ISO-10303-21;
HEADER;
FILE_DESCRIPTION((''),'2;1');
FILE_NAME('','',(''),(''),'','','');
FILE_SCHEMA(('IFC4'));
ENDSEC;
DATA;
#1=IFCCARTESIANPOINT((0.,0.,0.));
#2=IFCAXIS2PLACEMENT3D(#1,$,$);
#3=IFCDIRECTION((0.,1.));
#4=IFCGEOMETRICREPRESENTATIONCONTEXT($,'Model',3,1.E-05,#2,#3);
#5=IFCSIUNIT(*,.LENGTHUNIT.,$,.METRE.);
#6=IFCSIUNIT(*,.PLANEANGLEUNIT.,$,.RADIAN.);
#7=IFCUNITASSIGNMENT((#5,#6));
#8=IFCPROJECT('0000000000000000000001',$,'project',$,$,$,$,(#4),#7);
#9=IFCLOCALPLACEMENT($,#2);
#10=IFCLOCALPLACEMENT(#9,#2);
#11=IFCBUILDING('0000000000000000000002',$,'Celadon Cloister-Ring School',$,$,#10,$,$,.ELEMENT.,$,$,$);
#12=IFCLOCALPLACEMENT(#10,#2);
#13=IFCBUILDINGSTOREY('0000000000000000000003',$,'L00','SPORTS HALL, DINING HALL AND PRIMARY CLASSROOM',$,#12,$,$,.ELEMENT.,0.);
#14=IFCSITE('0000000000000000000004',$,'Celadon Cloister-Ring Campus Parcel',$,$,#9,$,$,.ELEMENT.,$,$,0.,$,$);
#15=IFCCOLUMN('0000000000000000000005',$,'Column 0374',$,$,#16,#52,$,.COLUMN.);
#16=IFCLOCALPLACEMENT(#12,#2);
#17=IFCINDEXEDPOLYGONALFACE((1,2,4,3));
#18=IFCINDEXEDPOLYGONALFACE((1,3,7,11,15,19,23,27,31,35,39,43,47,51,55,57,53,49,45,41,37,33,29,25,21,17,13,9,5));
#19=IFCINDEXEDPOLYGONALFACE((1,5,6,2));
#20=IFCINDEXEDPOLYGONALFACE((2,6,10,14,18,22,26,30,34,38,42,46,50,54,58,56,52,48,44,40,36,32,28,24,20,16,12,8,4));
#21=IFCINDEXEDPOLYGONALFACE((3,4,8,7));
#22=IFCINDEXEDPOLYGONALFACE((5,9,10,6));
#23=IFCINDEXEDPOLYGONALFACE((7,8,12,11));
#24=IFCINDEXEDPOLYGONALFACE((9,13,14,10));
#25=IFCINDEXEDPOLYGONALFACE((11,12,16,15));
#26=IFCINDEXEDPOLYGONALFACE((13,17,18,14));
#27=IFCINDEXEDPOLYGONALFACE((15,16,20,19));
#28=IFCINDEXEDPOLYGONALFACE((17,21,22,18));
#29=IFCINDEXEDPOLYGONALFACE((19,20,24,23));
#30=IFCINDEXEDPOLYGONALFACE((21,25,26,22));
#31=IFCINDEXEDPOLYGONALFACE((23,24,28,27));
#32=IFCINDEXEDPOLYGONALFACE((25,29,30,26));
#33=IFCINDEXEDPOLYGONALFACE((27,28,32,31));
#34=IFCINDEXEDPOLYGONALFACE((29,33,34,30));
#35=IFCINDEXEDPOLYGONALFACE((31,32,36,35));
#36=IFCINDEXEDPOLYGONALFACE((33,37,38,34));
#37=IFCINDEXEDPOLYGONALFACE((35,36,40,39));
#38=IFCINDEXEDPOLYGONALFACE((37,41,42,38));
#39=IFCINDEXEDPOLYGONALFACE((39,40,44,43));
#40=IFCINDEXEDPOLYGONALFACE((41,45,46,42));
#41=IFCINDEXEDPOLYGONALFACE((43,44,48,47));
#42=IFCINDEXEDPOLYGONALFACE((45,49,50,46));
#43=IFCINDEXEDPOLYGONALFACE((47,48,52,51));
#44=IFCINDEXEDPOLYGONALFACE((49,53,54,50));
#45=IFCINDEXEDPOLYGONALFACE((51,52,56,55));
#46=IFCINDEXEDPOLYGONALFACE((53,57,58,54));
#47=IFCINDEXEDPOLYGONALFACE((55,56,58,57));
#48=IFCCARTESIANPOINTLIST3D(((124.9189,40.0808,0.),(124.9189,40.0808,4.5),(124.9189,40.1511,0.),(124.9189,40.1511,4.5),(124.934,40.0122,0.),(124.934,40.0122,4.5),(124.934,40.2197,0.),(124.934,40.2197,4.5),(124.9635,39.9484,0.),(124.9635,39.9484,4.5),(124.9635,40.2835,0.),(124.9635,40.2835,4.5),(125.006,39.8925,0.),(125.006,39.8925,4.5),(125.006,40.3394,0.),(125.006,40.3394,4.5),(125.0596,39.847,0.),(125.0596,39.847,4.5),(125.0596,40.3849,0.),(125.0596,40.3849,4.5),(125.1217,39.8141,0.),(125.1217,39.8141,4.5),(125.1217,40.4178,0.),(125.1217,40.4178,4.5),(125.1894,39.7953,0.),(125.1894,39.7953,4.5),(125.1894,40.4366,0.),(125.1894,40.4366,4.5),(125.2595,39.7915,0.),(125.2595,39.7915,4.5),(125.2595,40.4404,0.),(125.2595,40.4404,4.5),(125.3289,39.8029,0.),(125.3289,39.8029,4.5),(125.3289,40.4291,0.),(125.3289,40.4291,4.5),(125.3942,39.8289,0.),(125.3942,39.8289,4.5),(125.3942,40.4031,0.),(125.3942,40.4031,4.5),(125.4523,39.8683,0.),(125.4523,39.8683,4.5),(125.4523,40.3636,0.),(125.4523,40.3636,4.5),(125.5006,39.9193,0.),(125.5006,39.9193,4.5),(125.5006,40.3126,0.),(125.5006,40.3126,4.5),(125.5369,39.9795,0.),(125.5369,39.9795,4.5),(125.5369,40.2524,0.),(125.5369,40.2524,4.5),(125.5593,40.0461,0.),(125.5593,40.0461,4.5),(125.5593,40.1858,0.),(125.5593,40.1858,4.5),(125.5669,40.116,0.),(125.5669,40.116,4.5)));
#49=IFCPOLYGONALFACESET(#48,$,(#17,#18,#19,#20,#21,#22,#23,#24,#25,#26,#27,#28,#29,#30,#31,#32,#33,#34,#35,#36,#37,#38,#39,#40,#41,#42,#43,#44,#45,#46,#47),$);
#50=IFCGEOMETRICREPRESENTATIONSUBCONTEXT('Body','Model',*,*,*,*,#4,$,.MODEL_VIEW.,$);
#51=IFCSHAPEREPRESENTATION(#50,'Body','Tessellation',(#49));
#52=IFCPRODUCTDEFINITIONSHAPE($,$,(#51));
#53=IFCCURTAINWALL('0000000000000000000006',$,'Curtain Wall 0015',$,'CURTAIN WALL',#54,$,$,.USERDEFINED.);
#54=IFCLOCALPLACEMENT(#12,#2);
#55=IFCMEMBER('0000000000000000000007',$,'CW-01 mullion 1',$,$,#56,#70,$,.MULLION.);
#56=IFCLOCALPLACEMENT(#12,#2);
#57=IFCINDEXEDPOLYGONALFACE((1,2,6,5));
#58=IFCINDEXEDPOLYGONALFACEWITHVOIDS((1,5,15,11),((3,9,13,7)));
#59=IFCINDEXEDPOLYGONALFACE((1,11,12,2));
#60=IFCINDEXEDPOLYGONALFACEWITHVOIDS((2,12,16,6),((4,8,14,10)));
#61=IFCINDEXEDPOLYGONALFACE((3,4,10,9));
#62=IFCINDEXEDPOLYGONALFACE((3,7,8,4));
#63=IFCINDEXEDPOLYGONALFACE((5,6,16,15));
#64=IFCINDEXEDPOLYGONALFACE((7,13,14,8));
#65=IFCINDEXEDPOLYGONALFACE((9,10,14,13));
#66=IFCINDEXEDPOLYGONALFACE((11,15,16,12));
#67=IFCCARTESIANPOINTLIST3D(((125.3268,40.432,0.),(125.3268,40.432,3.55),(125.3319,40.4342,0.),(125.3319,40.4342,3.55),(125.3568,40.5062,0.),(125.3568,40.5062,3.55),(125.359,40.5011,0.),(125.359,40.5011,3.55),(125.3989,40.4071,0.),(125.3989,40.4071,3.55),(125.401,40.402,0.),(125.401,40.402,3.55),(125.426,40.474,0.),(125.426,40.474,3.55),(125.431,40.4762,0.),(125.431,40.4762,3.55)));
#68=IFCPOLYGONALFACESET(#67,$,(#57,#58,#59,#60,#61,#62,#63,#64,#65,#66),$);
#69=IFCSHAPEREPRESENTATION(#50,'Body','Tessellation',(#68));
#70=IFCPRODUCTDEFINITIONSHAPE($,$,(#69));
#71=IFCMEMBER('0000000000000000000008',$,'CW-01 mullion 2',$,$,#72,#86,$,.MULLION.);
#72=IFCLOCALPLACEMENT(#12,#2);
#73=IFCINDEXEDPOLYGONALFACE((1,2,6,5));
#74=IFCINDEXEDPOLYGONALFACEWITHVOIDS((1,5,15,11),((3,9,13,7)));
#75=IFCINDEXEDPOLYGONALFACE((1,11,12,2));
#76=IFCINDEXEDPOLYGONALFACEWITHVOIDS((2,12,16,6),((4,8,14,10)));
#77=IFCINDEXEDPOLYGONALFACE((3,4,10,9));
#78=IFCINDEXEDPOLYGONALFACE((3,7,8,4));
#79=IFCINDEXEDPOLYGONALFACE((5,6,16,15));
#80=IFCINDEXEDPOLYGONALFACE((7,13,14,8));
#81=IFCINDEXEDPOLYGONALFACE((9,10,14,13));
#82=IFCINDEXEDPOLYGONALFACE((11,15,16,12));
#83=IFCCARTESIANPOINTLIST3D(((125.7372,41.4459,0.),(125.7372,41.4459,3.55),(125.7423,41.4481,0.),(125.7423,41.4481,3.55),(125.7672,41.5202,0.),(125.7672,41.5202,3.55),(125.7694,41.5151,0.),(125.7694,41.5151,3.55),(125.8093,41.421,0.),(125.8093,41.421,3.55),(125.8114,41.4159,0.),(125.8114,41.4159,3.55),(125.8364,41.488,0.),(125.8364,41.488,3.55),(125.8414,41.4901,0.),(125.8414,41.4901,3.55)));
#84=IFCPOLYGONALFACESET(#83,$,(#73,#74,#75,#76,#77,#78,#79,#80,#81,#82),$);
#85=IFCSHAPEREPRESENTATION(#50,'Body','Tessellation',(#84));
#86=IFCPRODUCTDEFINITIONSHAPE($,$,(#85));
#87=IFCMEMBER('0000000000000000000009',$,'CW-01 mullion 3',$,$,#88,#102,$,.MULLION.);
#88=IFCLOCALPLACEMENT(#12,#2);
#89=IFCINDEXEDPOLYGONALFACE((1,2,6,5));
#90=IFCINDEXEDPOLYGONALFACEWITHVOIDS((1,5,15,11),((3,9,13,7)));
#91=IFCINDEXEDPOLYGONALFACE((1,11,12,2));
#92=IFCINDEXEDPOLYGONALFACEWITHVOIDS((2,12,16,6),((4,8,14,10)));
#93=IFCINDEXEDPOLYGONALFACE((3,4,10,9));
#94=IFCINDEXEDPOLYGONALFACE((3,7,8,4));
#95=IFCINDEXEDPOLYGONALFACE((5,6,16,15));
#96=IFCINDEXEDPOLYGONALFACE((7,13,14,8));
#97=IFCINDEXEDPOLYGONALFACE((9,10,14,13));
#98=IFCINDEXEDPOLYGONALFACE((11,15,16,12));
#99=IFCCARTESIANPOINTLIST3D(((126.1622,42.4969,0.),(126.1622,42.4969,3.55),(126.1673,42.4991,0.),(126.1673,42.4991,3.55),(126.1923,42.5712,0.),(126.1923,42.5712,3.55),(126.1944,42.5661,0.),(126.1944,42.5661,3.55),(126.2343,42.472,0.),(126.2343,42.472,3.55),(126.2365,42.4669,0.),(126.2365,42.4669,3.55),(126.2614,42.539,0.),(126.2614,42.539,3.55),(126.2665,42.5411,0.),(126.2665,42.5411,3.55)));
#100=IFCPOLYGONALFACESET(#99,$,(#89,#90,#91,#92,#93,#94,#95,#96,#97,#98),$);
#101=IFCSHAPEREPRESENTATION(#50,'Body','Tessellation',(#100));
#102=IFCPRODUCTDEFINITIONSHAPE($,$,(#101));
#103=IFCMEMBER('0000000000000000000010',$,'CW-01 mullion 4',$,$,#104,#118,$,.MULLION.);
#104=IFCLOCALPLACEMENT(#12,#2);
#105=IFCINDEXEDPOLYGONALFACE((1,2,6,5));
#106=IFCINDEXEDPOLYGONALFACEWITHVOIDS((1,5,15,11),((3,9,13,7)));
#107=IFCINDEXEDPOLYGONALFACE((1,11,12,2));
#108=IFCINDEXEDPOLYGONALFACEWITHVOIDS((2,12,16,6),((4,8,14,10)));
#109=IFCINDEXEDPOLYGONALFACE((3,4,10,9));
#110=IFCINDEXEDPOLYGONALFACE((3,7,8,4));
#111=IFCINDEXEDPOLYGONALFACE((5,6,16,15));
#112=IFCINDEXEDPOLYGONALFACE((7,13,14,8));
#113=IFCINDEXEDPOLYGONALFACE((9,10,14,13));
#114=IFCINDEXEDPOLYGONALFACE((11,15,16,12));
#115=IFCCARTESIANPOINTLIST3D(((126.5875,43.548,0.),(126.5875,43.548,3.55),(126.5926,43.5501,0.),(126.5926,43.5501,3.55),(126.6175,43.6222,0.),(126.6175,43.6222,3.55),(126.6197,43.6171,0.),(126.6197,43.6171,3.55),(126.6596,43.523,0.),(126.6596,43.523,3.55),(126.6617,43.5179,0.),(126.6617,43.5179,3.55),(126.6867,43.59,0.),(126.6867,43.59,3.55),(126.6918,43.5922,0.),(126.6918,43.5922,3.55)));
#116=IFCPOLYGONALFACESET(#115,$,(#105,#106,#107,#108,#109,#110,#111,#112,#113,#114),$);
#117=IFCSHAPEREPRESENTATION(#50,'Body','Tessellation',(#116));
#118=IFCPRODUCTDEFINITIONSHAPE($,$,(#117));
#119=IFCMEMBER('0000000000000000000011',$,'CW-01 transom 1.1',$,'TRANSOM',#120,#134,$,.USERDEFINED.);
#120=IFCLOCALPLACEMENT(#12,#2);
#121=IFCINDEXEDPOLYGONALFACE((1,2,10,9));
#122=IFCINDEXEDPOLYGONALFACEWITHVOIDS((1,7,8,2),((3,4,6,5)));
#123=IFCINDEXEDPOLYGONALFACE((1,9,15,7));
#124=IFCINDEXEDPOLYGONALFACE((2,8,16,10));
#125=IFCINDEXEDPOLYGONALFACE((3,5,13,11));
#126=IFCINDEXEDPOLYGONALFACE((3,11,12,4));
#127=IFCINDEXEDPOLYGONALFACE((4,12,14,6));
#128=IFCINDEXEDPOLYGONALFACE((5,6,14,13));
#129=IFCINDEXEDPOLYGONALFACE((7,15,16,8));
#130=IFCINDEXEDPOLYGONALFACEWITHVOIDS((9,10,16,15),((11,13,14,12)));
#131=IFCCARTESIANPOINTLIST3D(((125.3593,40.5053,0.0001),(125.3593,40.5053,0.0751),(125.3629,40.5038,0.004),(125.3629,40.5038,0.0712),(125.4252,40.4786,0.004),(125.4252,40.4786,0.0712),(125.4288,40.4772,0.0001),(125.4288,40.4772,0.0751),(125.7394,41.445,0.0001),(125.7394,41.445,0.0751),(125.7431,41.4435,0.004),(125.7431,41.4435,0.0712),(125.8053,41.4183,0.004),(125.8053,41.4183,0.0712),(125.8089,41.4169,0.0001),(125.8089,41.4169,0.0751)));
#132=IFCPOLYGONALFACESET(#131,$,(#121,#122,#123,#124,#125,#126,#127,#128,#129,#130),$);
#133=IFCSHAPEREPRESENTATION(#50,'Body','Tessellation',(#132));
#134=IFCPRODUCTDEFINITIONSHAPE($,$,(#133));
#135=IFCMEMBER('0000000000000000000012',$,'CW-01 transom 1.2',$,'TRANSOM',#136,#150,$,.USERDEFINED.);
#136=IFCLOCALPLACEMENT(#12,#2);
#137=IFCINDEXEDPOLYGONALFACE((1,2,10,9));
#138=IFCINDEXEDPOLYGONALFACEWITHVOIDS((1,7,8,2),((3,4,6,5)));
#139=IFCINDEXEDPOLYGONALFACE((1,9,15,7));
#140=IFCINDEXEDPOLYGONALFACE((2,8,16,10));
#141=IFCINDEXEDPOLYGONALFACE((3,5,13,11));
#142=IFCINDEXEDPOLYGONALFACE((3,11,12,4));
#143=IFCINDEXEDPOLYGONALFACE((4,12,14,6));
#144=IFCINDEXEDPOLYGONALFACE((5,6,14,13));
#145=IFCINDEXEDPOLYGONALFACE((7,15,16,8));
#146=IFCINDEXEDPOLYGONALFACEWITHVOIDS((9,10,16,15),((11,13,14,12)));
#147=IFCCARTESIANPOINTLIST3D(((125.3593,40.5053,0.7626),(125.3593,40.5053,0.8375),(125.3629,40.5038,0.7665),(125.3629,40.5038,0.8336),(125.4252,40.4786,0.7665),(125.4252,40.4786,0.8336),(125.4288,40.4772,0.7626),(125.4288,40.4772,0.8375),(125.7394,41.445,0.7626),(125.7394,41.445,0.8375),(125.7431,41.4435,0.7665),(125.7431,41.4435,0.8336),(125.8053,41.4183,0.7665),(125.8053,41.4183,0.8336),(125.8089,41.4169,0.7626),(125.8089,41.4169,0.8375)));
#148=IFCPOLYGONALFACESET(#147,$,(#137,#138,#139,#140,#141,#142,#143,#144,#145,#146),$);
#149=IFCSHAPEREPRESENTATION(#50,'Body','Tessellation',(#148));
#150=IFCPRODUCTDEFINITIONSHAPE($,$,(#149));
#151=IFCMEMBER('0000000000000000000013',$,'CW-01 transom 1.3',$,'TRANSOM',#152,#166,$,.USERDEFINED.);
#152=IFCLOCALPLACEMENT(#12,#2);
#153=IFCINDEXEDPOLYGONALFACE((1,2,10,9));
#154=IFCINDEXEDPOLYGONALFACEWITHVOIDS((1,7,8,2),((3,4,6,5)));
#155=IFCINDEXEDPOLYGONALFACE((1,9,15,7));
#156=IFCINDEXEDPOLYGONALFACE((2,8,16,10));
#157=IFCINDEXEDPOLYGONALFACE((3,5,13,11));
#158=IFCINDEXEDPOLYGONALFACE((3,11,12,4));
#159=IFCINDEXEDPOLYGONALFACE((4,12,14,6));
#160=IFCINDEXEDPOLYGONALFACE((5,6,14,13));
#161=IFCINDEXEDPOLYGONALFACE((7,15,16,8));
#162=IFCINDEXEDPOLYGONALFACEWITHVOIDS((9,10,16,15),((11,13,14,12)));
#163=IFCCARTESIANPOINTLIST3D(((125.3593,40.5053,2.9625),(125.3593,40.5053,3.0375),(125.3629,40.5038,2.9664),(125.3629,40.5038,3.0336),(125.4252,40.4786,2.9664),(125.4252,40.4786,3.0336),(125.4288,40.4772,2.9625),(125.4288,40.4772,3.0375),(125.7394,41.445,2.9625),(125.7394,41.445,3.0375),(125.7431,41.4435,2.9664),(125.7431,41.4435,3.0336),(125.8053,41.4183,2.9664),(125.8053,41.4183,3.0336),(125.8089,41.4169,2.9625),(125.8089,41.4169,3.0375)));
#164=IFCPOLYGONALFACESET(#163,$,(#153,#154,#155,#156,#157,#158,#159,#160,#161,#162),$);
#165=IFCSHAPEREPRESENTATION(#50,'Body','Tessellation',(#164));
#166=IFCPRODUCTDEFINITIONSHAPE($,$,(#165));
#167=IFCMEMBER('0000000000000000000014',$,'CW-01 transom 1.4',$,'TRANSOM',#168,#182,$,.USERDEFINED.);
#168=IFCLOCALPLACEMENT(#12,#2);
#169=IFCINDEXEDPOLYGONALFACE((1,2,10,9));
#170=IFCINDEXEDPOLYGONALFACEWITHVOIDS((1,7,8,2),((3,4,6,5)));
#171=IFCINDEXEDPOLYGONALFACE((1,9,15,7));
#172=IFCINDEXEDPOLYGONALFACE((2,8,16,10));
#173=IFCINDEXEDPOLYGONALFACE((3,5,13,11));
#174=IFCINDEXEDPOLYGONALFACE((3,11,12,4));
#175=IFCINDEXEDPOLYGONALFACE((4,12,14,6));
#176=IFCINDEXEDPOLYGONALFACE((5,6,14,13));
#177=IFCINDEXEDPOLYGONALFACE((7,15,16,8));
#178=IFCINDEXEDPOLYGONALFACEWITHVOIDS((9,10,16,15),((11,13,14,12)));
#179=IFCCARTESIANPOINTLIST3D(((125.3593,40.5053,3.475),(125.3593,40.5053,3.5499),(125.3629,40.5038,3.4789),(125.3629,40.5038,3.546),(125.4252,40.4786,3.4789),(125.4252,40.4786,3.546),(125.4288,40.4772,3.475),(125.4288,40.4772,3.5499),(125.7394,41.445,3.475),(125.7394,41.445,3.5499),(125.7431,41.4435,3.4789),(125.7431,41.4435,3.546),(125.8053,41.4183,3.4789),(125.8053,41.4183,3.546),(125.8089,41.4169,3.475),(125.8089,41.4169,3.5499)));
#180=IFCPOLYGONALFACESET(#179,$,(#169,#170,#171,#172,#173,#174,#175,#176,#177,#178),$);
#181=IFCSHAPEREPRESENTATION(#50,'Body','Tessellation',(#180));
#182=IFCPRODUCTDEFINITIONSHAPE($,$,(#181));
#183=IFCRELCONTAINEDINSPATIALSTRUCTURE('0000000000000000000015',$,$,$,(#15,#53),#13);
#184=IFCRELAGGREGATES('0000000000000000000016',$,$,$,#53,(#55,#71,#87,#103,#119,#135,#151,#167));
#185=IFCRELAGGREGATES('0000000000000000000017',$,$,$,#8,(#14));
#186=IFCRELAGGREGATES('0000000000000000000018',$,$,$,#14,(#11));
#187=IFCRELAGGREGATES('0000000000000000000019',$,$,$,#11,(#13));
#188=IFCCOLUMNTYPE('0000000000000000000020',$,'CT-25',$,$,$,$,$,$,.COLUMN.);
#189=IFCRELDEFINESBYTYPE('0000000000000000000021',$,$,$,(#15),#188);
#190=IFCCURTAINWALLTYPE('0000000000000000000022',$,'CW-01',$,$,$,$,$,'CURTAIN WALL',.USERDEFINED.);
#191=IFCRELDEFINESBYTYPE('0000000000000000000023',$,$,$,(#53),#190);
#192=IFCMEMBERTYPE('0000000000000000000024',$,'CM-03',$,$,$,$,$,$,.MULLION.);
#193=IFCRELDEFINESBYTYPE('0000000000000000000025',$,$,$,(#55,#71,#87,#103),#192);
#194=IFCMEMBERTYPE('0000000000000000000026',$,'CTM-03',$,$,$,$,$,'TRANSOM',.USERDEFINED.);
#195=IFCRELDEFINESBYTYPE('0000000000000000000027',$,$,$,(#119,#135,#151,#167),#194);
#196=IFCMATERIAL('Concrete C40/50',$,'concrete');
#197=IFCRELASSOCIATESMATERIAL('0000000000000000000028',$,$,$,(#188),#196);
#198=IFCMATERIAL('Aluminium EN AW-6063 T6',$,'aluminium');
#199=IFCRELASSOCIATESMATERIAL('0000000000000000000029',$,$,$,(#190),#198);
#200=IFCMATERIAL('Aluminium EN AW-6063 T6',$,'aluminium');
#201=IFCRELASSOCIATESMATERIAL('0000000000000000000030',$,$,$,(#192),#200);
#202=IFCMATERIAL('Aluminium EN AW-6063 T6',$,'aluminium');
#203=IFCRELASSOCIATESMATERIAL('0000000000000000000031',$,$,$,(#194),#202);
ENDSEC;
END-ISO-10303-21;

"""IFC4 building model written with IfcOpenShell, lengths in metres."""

from ifc_helpers import new_model, si_unit, direction, frame, origin, origin_2d, place, context, subcontext, project, spatial, hollow_rectangle, circle, extrude, material, material_profile, profile_set, type_object, element, aggregate, save


model = new_model("IFC4")

# Units and contexts
model_context = context("Model", 3, precision=1e-05, world=origin(), true_north=direction((0.0, 1.0)))
body_context = subcontext(model_context, "Body", "Model", "MODEL_VIEW")
ifc_project = project(units=[si_unit("LENGTHUNIT", "METRE"), si_unit("PLANEANGLEUNIT", "RADIAN")], contexts=[model_context])

# Site, building, storey
site_placement = place(None, origin())
site = spatial("IfcSite", under=ifc_project, at=site_placement, Name="Celadon Cloister-Ring Campus Parcel", CompositionType="ELEMENT", RefElevation=0.0)
building_placement = place(site_placement, origin())
building = spatial("IfcBuilding", under=site, at=building_placement, Name="Celadon Cloister-Ring School", CompositionType="ELEMENT")
storey_placement = place(building_placement, origin())
storey = spatial("IfcBuildingStorey", under=building, at=storey_placement, Name="L00", Description="SPORTS HALL, DINING HALL AND PRIMARY CLASSROOM", CompositionType="ELEMENT", Elevation=0.0)

# Column
ifc_material_1 = material(Name="Concrete C40/50", Category="concrete")
ifc_material_profile_1 = material_profile(ifc_material_1, circle(Radius=0.325, at=origin_2d()), Name="CIRC650")
ifc_profile_set_1 = profile_set([ifc_material_profile_1], Name="Concrete C40/50")
column_type = type_object("IfcColumnType", Name="CT-25", PredefinedType="COLUMN", material=ifc_profile_set_1)
column_placement = place(storey_placement, frame((125.2419, 40.116, 0.0), z_axis=(0.0, 0.0, 1.0), x_axis=(1.0, 0.0, 0.0)))
element("IfcColumn", 1, at=column_placement, inside=storey, type_object=column_type, Name="Column 0374", PredefinedType="COLUMN", context=body_context, shape_type="SweptSolid", body=[
    extrude(circle(Radius=0.325, at=origin_2d()), origin(), (0.0, 0.0, 1.0), 4.5),
])

# Curtain wall, members
ifc_material_2 = material(Name="Aluminium EN AW-6063 T6", Category="aluminium")
curtain_wall_type = type_object("IfcCurtainWallType", Name="CW-01", ElementType="CURTAIN WALL", PredefinedType="USERDEFINED", material=ifc_material_2)
curtain_wall_placement = place(storey_placement, origin())
curtain_wall = element("IfcCurtainWall", 2, at=curtain_wall_placement, inside=storey, type_object=curtain_wall_type, Name="Curtain Wall 0015", ObjectType="CURTAIN WALL", PredefinedType="USERDEFINED")
ifc_material_3 = material(Name="Aluminium EN AW-6063 T6", Category="aluminium")
ifc_material_profile_2 = material_profile(ifc_material_3, hollow_rectangle(XDim=0.0801, YDim=0.0801, WallThickness=0.0039, at=origin_2d()), Name="RHS80X80X4")
ifc_profile_set_2 = profile_set([ifc_material_profile_2], Name="Aluminium EN AW-6063 T6")
member_type_1 = type_object("IfcMemberType", Name="CM-03", PredefinedType="MULLION", material=ifc_profile_set_2)
member_1_placement = place(storey_placement, frame((125.3789, 40.4541, 0.0), z_axis=(0.0, 0.0, 1.0), x_axis=(-0.92701, 0.375038, 0.0)))
member_1 = element("IfcMember", 3, at=member_1_placement, type_object=member_type_1, Name="CW-01 mullion 1", PredefinedType="MULLION", context=body_context, shape_type="SweptSolid", body=[
    extrude(hollow_rectangle(XDim=0.0801, YDim=0.0801, WallThickness=0.0039, at=origin_2d()), origin(), (0.0, 0.0, 1.0), 3.55),
])
member_2_placement = place(storey_placement, frame((125.7893, 41.468, 0.0), z_axis=(0.0, 0.0, 1.0), x_axis=(-0.92701, 0.375038, 0.0)))
member_2 = element("IfcMember", 4, at=member_2_placement, type_object=member_type_1, Name="CW-01 mullion 2", PredefinedType="MULLION", context=body_context, shape_type="SweptSolid", body=[
    extrude(hollow_rectangle(XDim=0.0801, YDim=0.0801, WallThickness=0.0039, at=origin_2d()), origin(), (0.0, 0.0, 1.0), 3.55),
])
member_3_placement = place(storey_placement, frame((126.2144, 42.519, 0.0), z_axis=(0.0, 0.0, 1.0), x_axis=(-0.92701, 0.375038, 0.0)))
member_3 = element("IfcMember", 5, at=member_3_placement, type_object=member_type_1, Name="CW-01 mullion 3", PredefinedType="MULLION", context=body_context, shape_type="SweptSolid", body=[
    extrude(hollow_rectangle(XDim=0.0801, YDim=0.0801, WallThickness=0.0039, at=origin_2d()), origin(), (0.0, 0.0, 1.0), 3.55),
])
member_4_placement = place(storey_placement, frame((126.6396, 43.5701, 0.0), z_axis=(0.0, 0.0, 1.0), x_axis=(-0.92701, 0.375038, 0.0)))
member_4 = element("IfcMember", 6, at=member_4_placement, type_object=member_type_1, Name="CW-01 mullion 4", PredefinedType="MULLION", context=body_context, shape_type="SweptSolid", body=[
    extrude(hollow_rectangle(XDim=0.0801, YDim=0.0801, WallThickness=0.0039, at=origin_2d()), origin(), (0.0, 0.0, 1.0), 3.55),
])
ifc_material_4 = material(Name="Aluminium EN AW-6063 T6", Category="aluminium")
ifc_material_profile_3 = material_profile(ifc_material_4, hollow_rectangle(XDim=0.075, YDim=0.075, WallThickness=0.0039, at=origin_2d()), Name="RHS75X75X4")
ifc_profile_set_3 = profile_set([ifc_material_profile_3], Name="Aluminium EN AW-6063 T6")
member_type_2 = type_object("IfcMemberType", Name="CTM-03", ElementType="TRANSOM", PredefinedType="USERDEFINED", material=ifc_profile_set_3)
member_5_placement = place(storey_placement, frame((125.394, 40.4912, 0.0376), z_axis=(0.375001, 0.927025, 0.0), x_axis=(-0.927025, 0.375001, 0.0)))
member_5 = element("IfcMember", 7, at=member_5_placement, type_object=member_type_2, Name="CW-01 transom 1.1", ObjectType="TRANSOM", PredefinedType="USERDEFINED", context=body_context, shape_type="SweptSolid", body=[
    extrude(hollow_rectangle(XDim=0.075, YDim=0.075, WallThickness=0.0039, at=origin_2d()), origin(), (0.0, 0.0, 1.0), 1.0137),
])
member_6_placement = place(storey_placement, frame((125.394, 40.4912, 0.8), z_axis=(0.375001, 0.927025, 0.0), x_axis=(-0.927025, 0.375001, 0.0)))
member_6 = element("IfcMember", 8, at=member_6_placement, type_object=member_type_2, Name="CW-01 transom 1.2", ObjectType="TRANSOM", PredefinedType="USERDEFINED", context=body_context, shape_type="SweptSolid", body=[
    extrude(hollow_rectangle(XDim=0.075, YDim=0.075, WallThickness=0.0039, at=origin_2d()), origin(), (0.0, 0.0, 1.0), 1.0137),
])
member_7_placement = place(storey_placement, frame((125.394, 40.4912, 3.0), z_axis=(0.375001, 0.927025, 0.0), x_axis=(-0.927025, 0.375001, 0.0)))
member_7 = element("IfcMember", 9, at=member_7_placement, type_object=member_type_2, Name="CW-01 transom 1.3", ObjectType="TRANSOM", PredefinedType="USERDEFINED", context=body_context, shape_type="SweptSolid", body=[
    extrude(hollow_rectangle(XDim=0.075, YDim=0.075, WallThickness=0.0039, at=origin_2d()), origin(), (0.0, 0.0, 1.0), 1.0137),
])
member_8_placement = place(storey_placement, frame((125.394, 40.4912, 3.5125), z_axis=(0.375001, 0.927025, 0.0), x_axis=(-0.927025, 0.375001, 0.0)))
member_8 = element("IfcMember", 10, at=member_8_placement, type_object=member_type_2, Name="CW-01 transom 1.4", ObjectType="TRANSOM", PredefinedType="USERDEFINED", context=body_context, shape_type="SweptSolid", body=[
    extrude(hollow_rectangle(XDim=0.075, YDim=0.075, WallThickness=0.0039, at=origin_2d()), origin(), (0.0, 0.0, 1.0), 1.0137),
])

aggregate(curtain_wall, [member_1, member_2, member_3, member_4, member_5, member_6, member_7, member_8])

save(model, "model.ifc")
